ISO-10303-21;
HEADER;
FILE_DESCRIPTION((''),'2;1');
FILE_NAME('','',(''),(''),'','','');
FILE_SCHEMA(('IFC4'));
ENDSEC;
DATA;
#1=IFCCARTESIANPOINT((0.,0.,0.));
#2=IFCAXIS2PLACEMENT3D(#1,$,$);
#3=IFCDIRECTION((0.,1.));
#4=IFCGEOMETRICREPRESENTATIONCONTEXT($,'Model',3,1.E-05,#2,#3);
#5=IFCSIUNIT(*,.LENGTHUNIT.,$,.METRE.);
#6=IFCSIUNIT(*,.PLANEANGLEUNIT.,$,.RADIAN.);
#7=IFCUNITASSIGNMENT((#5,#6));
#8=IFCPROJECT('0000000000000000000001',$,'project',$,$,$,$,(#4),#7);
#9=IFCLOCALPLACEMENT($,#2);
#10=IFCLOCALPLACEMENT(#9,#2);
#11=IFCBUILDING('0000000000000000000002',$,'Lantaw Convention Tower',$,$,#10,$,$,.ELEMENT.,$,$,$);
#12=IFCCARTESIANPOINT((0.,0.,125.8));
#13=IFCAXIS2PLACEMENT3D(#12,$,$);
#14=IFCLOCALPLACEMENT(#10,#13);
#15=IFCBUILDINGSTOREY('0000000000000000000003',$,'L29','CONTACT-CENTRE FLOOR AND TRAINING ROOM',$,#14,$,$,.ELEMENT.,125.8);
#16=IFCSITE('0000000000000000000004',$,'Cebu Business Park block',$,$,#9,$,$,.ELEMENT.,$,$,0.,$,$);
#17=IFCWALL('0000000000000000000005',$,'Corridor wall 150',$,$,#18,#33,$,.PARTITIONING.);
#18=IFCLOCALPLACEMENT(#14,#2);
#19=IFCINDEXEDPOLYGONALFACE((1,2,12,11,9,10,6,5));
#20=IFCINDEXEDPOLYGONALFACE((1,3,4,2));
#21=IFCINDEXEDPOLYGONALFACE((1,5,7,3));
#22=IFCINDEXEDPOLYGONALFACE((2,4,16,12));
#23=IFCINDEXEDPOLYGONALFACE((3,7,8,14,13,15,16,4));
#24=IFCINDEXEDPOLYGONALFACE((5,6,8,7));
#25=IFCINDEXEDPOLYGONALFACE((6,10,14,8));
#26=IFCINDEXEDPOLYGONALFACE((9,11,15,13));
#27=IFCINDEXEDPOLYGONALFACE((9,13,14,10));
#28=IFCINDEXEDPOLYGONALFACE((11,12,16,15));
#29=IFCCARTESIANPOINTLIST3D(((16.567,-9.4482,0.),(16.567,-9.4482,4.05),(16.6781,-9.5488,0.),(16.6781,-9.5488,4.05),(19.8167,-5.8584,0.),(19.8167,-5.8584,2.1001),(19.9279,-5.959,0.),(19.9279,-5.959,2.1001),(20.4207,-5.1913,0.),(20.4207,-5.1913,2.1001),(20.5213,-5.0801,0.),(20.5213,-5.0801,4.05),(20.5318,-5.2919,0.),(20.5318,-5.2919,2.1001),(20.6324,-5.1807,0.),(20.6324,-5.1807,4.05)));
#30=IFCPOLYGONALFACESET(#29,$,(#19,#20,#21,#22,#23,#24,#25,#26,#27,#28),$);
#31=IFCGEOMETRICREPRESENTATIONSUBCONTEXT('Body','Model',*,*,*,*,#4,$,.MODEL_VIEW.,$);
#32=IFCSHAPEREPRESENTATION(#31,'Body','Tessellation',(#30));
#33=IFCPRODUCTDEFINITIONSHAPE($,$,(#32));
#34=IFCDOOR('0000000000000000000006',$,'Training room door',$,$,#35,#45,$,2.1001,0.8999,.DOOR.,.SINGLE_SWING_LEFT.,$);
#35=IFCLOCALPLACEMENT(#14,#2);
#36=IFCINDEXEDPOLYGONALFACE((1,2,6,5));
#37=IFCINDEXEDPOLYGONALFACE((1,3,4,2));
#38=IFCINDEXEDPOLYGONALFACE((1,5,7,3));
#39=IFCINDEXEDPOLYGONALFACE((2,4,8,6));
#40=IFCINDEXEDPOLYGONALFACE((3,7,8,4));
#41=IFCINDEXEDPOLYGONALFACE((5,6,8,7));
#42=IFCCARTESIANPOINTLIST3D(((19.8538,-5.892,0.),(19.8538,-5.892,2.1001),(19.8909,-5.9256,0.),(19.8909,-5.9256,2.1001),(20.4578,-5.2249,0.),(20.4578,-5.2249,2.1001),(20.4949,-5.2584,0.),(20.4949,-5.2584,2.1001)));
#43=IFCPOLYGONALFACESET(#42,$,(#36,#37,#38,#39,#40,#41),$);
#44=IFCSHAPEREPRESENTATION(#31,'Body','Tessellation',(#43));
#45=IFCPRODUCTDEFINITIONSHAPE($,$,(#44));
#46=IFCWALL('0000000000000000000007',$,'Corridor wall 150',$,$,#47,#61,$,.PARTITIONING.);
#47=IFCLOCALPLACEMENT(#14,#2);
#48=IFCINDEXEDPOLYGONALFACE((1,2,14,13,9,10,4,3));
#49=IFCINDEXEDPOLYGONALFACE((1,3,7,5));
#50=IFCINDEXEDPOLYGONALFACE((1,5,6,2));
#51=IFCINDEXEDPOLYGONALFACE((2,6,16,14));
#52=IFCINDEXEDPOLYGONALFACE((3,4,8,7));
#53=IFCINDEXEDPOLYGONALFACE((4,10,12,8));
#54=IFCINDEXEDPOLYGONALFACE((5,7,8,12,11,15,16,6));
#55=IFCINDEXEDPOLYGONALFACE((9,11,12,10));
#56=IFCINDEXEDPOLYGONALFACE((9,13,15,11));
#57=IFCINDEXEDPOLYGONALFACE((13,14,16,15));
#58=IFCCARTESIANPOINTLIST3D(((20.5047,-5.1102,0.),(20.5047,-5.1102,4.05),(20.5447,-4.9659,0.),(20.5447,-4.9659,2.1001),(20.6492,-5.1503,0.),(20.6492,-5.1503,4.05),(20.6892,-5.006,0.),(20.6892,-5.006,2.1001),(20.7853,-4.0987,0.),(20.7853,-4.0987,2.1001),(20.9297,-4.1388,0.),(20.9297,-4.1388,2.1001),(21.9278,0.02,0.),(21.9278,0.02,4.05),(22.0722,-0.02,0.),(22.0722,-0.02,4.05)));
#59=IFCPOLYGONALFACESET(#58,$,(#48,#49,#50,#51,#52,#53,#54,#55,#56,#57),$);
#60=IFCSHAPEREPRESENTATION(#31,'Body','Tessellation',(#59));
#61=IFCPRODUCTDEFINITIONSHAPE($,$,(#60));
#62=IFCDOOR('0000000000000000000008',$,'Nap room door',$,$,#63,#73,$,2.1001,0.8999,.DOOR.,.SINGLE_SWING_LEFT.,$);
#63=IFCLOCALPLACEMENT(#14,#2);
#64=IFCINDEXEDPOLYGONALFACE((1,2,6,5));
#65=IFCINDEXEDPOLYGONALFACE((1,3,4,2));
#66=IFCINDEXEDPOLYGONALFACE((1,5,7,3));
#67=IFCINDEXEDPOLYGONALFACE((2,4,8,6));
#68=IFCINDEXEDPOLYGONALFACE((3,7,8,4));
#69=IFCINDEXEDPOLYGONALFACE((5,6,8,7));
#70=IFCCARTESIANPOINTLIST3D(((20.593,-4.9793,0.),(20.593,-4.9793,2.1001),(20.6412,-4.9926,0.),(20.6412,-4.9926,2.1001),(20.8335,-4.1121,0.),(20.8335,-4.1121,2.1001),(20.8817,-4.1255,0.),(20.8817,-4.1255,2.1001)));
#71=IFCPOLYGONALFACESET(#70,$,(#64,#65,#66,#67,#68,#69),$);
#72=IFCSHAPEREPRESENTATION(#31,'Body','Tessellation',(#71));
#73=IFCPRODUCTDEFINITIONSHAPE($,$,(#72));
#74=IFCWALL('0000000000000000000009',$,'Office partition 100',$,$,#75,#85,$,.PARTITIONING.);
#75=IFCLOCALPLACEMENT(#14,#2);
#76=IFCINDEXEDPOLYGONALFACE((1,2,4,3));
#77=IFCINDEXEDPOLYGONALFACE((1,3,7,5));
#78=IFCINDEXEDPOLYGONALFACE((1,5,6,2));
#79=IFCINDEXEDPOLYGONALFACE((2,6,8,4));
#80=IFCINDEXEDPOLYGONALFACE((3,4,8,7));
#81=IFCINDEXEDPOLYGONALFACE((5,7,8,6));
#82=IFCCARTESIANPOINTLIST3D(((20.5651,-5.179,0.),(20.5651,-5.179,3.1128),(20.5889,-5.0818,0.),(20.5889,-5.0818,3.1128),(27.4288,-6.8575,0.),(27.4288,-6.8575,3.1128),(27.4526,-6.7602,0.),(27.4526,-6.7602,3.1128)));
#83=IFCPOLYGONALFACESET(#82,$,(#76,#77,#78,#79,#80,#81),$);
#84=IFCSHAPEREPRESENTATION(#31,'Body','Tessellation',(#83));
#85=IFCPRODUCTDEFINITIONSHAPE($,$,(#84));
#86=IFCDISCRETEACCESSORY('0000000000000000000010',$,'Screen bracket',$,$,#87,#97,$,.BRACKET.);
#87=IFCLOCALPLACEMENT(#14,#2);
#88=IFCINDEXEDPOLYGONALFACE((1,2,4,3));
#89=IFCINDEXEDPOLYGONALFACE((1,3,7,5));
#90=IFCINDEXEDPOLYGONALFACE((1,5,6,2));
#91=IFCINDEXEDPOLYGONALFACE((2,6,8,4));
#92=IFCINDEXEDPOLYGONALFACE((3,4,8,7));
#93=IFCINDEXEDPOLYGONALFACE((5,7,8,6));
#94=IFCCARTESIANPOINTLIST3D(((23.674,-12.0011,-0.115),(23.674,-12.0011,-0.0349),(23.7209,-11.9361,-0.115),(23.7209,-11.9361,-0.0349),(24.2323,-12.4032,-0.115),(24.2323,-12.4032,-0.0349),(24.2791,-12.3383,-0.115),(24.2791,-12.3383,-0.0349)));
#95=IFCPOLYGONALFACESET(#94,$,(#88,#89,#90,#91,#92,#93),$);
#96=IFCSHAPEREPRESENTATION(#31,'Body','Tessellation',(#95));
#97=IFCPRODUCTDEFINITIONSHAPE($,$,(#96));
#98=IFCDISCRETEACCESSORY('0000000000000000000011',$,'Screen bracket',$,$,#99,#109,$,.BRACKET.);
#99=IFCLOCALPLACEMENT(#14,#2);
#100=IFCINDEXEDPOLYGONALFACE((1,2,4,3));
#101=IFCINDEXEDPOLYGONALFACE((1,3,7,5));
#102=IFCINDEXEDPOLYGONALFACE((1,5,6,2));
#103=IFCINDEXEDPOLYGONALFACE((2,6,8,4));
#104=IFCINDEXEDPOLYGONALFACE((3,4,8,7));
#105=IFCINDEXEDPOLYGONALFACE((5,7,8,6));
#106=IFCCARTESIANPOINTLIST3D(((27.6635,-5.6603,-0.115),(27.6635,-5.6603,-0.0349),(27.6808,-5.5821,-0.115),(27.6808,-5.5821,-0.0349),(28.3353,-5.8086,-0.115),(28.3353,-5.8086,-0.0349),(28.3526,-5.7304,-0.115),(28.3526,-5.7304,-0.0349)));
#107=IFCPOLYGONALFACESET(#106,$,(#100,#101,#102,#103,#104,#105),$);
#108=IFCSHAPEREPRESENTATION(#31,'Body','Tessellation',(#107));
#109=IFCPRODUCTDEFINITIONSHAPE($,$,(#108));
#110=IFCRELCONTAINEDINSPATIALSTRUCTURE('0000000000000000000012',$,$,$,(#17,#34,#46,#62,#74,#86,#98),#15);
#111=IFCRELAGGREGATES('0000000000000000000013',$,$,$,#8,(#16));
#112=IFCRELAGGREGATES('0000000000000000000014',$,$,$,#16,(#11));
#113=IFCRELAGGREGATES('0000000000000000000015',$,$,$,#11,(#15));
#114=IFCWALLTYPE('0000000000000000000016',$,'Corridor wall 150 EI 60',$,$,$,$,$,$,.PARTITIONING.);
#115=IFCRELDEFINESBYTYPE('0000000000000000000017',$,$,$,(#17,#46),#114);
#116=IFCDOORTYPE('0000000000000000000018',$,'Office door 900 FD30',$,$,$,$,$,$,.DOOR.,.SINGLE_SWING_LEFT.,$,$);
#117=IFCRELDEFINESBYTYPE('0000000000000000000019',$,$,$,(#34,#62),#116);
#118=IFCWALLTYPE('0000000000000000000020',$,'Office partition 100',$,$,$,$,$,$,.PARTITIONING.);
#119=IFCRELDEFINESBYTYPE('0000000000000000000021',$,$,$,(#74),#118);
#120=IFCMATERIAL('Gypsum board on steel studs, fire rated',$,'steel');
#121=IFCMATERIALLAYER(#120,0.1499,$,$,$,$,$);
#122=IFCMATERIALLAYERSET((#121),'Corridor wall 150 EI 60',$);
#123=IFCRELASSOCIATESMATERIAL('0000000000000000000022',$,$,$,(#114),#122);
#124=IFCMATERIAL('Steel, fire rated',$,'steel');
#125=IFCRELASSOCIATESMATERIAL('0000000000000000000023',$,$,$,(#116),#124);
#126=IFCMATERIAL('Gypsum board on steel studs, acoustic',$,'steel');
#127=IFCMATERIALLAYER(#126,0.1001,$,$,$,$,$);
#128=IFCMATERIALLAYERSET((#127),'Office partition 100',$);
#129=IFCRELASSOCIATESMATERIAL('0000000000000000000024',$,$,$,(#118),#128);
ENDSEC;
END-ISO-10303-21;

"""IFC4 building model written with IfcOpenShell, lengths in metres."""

from ifc_helpers import new_model, si_unit, direction, frame, frame_2d, origin, origin_2d, place, context, subcontext, project, spatial, rectangle, extrude, material, layer, layer_set, type_object, element, fill, save


model = new_model("IFC4")

# Units and contexts
model_context = context("Model", 3, precision=1e-05, world=origin(), true_north=direction((0.0, 1.0)))
body_context = subcontext(model_context, "Body", "Model", "MODEL_VIEW")
ifc_project = project(units=[si_unit("LENGTHUNIT", "METRE"), si_unit("PLANEANGLEUNIT", "RADIAN")], contexts=[model_context])

# Site, building, storey
site_placement = place(None, origin())
site = spatial("IfcSite", under=ifc_project, at=site_placement, Name="Cebu Business Park block", CompositionType="ELEMENT", RefElevation=0.0)
building_placement = place(site_placement, origin())
building = spatial("IfcBuilding", under=site, at=building_placement, Name="Lantaw Convention Tower", CompositionType="ELEMENT")
storey_placement = place(building_placement, frame((0.0, 0.0, 125.8)))
storey = spatial("IfcBuildingStorey", under=building, at=storey_placement, Name="L29", Description="CONTACT-CENTRE FLOOR AND TRAINING ROOM", CompositionType="ELEMENT", Elevation=125.8)

# Walls, openings, doors
ifc_material_1 = material(Name="Gypsum board on steel studs, fire rated", Category="steel")
ifc_layer_1 = layer(ifc_material_1, 0.1499)
ifc_layer_set_1 = layer_set([ifc_layer_1], Name="Corridor wall 150 EI 60")
wall_type_1 = type_object("IfcWallType", Name="Corridor wall 150 EI 60", PredefinedType="PARTITIONING", material=ifc_layer_set_1)
wall_1_placement = place(storey_placement, frame((16.6226, -9.4985, 0.0), z_axis=(0.0, 0.0, 1.0), x_axis=(0.671118, 0.74135, 0.0)))
wall_1 = element("IfcWall", 1, at=wall_1_placement, inside=storey, type_object=wall_type_1, Name="Corridor wall 150", PredefinedType="PARTITIONING", context=body_context, shape_type="SweptSolid", body=[
    extrude(rectangle(XDim=5.8921, YDim=0.1499, at=frame_2d((2.946, 0.0))), origin(), (0.0, 0.0, 1.0), 4.05),
])
opening_1_placement = place(wall_1_placement, frame((4.8423, 0.0, 0.0)))
opening_1 = element("IfcOpeningElement", 2, at=opening_1_placement, cuts=wall_1, PredefinedType="OPENING", context=body_context, shape_type="SweptSolid", body=[
    extrude(rectangle(XDim=0.8999, YDim=2.1001, at=frame_2d((0.45, 1.05))), frame((0.0, 0.085, 0.0), z_axis=(0.0, -1.0, 0.0), x_axis=(1.0, 0.0, 0.0)), (0.0, 0.0, 1.0), 0.1699),
])
ifc_material_2 = material(Name="Steel, fire rated", Category="steel")
door_type = type_object("IfcDoorType", Name="Office door 900 FD30", OperationType="SINGLE_SWING_LEFT", PredefinedType="DOOR", material=ifc_material_2)
door_1_placement = place(opening_1_placement, origin())
door_1 = element("IfcDoor", 3, at=door_1_placement, inside=storey, type_object=door_type, Name="Training room door", OperationType="SINGLE_SWING_LEFT", OverallHeight=2.1001, OverallWidth=0.8999, PredefinedType="DOOR", context=body_context, shape_type="SweptSolid", body=[
    extrude(rectangle(XDim=0.8999, YDim=2.1001, at=frame_2d((0.45, 1.05))), frame((0.0, 0.0249, 0.0), z_axis=(0.0, -1.0, 0.0), x_axis=(1.0, 0.0, 0.0)), (0.0, 0.0, 1.0), 0.05),
])
fill(opening_1, door_1)
wall_2_placement = place(storey_placement, frame((20.5769, -5.1304, 0.0), z_axis=(0.0, 0.0, 1.0), x_axis=(0.267294, 0.963615, 0.0)))
wall_2 = element("IfcWall", 4, at=wall_2_placement, inside=storey, type_object=wall_type_1, Name="Corridor wall 150", PredefinedType="PARTITIONING", context=body_context, shape_type="SweptSolid", body=[
    extrude(rectangle(XDim=5.324, YDim=0.1499, at=frame_2d((2.6621, 0.0))), origin(), (0.0, 0.0, 1.0), 4.05),
])
opening_2_placement = place(wall_2_placement, frame((0.1499, 0.0, 0.0)))
opening_2 = element("IfcOpeningElement", 5, at=opening_2_placement, cuts=wall_2, PredefinedType="OPENING", context=body_context, shape_type="SweptSolid", body=[
    extrude(rectangle(XDim=0.8999, YDim=2.1001, at=frame_2d((0.45, 1.05))), frame((0.0, 0.085, 0.0), z_axis=(0.0, -1.0, 0.0), x_axis=(1.0, 0.0, 0.0)), (0.0, 0.0, 1.0), 0.1699),
])
door_2_placement = place(opening_2_placement, origin())
door_2 = element("IfcDoor", 6, at=door_2_placement, inside=storey, type_object=door_type, Name="Nap room door", OperationType="SINGLE_SWING_LEFT", OverallHeight=2.1001, OverallWidth=0.8999, PredefinedType="DOOR", context=body_context, shape_type="SweptSolid", body=[
    extrude(rectangle(XDim=0.8999, YDim=2.1001, at=frame_2d((0.45, 1.05))), frame((0.0, 0.0249, 0.0), z_axis=(0.0, -1.0, 0.0), x_axis=(1.0, 0.0, 0.0)), (0.0, 0.0, 1.0), 0.05),
])
fill(opening_2, door_2)

# Wall
ifc_material_3 = material(Name="Gypsum board on steel studs, acoustic", Category="steel")
ifc_layer_2 = layer(ifc_material_3, 0.1001)
ifc_layer_set_2 = layer_set([ifc_layer_2], Name="Office partition 100")
wall_type_2 = type_object("IfcWallType", Name="Office partition 100", PredefinedType="PARTITIONING", material=ifc_layer_set_2)
wall_3_placement = place(storey_placement, frame((27.4407, -6.8088, 0.0), z_axis=(0.0, 0.0, 1.0), x_axis=(-0.971378, 0.237541, 0.0)))
element("IfcWall", 7, at=wall_3_placement, inside=storey, type_object=wall_type_2, Name="Office partition 100", PredefinedType="PARTITIONING", context=body_context, shape_type="SweptSolid", body=[
    extrude(rectangle(XDim=7.0659, YDim=0.1001, at=frame_2d((3.533, 0.0))), origin(), (0.0, 0.0, 1.0), 3.1128),
])

# Discrete accessories
for number, where, z_axis, x_axis, name in (
    (8, (23.9766, -12.1697, -0.115), (0.0, 0.0, 1.0), (0.584513, 0.811385, 0.0), "Screen bracket"),
    (9, (28.0081, -5.6953, -0.115), (0.0, 0.0, 1.0), (0.215546, 0.976494, 0.0), "Screen bracket"),
):
    element("IfcDiscreteAccessory", number, at=place(storey_placement, frame(where, z_axis=z_axis, x_axis=x_axis)), inside=storey, Name=name, PredefinedType="BRACKET", context=body_context, shape_type="SweptSolid", body=[
        extrude(rectangle(XDim=0.0801, YDim=0.688, at=origin_2d()), origin(), (0.0, 0.0, 1.0), 0.0801),
    ])

save(model, "model.ifc")
